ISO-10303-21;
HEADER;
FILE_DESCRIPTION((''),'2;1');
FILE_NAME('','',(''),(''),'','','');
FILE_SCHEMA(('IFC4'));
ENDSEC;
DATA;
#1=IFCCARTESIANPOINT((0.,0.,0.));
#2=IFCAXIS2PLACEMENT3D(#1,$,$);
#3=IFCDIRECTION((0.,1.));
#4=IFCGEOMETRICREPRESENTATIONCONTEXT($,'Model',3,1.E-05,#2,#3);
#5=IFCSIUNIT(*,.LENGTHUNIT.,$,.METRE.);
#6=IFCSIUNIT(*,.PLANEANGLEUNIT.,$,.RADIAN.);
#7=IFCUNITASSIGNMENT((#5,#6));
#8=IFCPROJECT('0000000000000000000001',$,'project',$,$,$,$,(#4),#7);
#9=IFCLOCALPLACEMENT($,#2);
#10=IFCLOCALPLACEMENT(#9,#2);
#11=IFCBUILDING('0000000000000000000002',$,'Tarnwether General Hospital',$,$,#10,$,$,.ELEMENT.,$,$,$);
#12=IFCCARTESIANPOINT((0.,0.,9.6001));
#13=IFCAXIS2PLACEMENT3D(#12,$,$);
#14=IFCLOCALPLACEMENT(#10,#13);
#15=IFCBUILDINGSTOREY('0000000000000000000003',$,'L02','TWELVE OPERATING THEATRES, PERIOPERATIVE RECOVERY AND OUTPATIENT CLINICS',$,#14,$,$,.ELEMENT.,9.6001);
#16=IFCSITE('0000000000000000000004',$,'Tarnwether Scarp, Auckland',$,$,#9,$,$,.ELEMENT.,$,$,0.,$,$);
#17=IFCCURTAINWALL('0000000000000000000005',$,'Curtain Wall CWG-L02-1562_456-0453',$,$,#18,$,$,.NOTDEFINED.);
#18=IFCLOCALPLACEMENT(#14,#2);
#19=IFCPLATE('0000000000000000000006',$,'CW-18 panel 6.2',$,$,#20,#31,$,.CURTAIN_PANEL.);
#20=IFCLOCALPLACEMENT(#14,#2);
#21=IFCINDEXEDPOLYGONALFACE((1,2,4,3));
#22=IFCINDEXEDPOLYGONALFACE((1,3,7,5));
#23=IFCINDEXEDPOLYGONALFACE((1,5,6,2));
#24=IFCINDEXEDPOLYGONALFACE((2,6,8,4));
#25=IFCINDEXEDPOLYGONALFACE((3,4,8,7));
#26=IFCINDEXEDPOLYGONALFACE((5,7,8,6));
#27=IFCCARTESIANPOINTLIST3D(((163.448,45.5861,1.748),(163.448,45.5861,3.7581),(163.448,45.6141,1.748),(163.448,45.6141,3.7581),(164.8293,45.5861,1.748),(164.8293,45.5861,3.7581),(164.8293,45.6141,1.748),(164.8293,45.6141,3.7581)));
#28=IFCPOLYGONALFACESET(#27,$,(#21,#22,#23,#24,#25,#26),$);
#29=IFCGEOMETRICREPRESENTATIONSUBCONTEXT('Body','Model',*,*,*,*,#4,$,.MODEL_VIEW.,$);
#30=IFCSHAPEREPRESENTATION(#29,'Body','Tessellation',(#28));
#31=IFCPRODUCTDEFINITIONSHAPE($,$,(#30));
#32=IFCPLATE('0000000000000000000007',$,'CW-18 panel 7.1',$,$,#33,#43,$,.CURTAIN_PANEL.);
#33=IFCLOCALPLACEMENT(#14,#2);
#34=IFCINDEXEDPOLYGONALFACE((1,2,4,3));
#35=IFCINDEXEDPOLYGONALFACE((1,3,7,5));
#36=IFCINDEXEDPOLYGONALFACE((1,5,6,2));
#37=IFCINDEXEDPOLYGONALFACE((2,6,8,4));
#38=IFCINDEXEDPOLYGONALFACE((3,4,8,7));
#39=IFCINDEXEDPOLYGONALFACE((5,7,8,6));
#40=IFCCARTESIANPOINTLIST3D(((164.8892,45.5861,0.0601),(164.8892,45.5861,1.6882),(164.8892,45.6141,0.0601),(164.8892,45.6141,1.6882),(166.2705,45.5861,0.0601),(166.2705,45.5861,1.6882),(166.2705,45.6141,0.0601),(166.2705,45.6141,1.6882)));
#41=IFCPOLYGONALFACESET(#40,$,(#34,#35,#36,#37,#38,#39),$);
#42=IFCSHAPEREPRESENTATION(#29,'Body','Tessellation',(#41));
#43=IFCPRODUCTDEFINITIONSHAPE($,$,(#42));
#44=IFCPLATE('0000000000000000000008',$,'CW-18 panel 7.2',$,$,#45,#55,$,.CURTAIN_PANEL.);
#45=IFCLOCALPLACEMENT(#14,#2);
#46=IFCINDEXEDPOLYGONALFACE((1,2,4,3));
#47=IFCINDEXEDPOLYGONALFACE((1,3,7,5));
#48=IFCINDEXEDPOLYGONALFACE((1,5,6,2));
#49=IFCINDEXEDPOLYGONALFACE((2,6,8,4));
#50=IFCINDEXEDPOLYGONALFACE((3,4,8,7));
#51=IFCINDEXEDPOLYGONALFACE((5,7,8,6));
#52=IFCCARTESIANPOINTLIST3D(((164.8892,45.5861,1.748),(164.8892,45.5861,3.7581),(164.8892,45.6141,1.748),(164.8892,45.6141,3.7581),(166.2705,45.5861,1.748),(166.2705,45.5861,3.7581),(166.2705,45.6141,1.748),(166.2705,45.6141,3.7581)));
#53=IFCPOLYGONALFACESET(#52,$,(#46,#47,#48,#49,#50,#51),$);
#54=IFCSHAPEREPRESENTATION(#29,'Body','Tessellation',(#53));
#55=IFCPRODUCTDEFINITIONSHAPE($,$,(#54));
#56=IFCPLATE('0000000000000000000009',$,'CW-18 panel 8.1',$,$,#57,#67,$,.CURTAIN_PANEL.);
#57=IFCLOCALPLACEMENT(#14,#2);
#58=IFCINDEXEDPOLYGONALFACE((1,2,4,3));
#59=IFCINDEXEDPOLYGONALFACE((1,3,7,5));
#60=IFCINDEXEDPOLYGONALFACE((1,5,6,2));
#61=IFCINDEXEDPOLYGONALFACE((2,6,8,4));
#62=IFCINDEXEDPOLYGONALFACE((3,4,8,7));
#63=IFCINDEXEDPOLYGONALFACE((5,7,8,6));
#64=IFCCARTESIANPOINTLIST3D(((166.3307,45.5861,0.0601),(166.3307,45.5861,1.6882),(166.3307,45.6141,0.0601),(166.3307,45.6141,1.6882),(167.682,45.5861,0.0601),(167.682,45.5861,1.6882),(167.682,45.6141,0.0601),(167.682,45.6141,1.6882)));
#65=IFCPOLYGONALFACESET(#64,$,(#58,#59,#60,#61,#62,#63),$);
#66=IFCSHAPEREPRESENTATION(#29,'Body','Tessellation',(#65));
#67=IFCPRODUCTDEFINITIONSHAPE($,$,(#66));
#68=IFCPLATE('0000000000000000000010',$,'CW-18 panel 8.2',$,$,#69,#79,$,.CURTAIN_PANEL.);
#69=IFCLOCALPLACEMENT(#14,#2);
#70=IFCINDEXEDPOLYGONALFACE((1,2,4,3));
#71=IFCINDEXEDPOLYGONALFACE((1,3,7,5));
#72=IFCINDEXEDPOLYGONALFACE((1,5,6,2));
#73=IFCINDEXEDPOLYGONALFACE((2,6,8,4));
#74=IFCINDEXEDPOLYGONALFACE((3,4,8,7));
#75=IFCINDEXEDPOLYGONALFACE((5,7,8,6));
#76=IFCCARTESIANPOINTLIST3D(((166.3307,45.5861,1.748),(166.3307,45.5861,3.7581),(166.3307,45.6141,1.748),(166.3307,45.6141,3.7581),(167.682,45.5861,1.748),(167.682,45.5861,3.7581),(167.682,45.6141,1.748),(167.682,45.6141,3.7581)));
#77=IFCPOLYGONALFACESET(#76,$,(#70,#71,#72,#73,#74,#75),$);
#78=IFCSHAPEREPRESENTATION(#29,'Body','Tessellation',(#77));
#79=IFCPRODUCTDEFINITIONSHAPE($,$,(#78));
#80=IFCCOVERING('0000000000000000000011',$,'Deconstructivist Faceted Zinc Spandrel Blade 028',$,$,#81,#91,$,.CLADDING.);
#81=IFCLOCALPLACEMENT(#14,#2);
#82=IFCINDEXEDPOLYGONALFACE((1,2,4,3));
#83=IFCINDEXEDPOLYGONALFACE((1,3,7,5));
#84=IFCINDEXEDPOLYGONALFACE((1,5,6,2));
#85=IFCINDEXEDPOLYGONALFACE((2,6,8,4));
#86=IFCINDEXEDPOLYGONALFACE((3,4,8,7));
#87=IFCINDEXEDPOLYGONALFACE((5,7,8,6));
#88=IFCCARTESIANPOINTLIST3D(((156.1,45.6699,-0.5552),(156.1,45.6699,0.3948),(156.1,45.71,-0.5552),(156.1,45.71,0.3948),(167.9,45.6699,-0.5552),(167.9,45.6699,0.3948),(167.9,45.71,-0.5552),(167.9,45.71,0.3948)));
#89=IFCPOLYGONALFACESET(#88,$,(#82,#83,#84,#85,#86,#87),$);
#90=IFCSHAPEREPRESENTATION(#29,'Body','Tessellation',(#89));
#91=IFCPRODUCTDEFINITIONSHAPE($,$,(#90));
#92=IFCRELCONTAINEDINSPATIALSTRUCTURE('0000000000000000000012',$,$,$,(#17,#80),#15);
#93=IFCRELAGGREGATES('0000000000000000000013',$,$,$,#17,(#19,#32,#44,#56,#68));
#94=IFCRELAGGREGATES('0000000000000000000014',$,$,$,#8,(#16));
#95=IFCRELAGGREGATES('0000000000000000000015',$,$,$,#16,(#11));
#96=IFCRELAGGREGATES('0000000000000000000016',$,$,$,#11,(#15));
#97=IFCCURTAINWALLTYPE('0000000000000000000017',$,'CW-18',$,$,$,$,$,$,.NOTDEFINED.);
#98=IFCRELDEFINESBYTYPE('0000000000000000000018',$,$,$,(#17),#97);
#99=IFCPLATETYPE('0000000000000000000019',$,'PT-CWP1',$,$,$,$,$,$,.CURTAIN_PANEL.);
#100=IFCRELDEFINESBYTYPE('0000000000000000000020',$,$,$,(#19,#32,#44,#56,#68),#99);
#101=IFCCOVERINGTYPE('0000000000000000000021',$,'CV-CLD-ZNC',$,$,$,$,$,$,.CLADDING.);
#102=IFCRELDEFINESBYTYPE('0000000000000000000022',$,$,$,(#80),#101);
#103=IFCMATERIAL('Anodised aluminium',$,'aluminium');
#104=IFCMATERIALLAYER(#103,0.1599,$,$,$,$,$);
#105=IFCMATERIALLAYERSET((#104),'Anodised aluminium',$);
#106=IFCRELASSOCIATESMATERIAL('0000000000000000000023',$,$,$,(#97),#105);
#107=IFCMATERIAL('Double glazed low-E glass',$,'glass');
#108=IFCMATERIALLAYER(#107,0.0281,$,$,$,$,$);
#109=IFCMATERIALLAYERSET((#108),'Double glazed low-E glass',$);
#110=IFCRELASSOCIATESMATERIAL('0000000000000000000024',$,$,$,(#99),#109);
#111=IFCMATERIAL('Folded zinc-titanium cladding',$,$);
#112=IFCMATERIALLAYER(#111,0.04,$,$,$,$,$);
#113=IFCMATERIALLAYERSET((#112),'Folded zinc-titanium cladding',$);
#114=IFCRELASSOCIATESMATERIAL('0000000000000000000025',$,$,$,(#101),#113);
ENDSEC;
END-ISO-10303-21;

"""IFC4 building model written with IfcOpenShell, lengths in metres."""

from ifc_helpers import new_model, si_unit, direction, frame, origin, origin_2d, place, context, subcontext, project, spatial, rectangle, extrude, material, layer, layer_set, type_object, element, aggregate, save


model = new_model("IFC4")

# Units and contexts
model_context = context("Model", 3, precision=1e-05, world=origin(), true_north=direction((0.0, 1.0)))
body_context = subcontext(model_context, "Body", "Model", "MODEL_VIEW")
ifc_project = project(units=[si_unit("LENGTHUNIT", "METRE"), si_unit("PLANEANGLEUNIT", "RADIAN")], contexts=[model_context])

# Site, building, storey
site_placement = place(None, origin())
site = spatial("IfcSite", under=ifc_project, at=site_placement, Name="Tarnwether Scarp, Auckland", CompositionType="ELEMENT", RefElevation=0.0)
building_placement = place(site_placement, origin())
building = spatial("IfcBuilding", under=site, at=building_placement, Name="Tarnwether General Hospital", CompositionType="ELEMENT")
storey_placement = place(building_placement, frame((0.0, 0.0, 9.6001)))
storey = spatial("IfcBuildingStorey", under=building, at=storey_placement, Name="L02", Description="TWELVE OPERATING THEATRES, PERIOPERATIVE RECOVERY AND OUTPATIENT CLINICS", CompositionType="ELEMENT", Elevation=9.6001)

# Curtain wall, plates
ifc_material_1 = material(Name="Anodised aluminium", Category="aluminium")
ifc_layer_1 = layer(ifc_material_1, 0.1599)
ifc_layer_set_1 = layer_set([ifc_layer_1], Name="Anodised aluminium")
curtain_wall_type = type_object("IfcCurtainWallType", Name="CW-18", PredefinedType="NOTDEFINED", material=ifc_layer_set_1)
curtain_wall_placement = place(storey_placement, origin())
curtain_wall = element("IfcCurtainWall", 1, at=curtain_wall_placement, inside=storey, type_object=curtain_wall_type, Name="Curtain Wall CWG-L02-1562_456-0453", PredefinedType="NOTDEFINED")
ifc_material_2 = material(Name="Double glazed low-E glass", Category="glass")
ifc_layer_2 = layer(ifc_material_2, 0.0281)
ifc_layer_set_2 = layer_set([ifc_layer_2], Name="Double glazed low-E glass")
plate_type = type_object("IfcPlateType", Name="PT-CWP1", PredefinedType="CURTAIN_PANEL", material=ifc_layer_set_2)
plate_1_placement = place(storey_placement, frame((164.1387, 45.6001, 1.748), z_axis=(0.0, 0.0, 1.0), x_axis=(1.0, 0.0, 0.0)))
plate_1 = element("IfcPlate", 2, at=plate_1_placement, type_object=plate_type, Name="CW-18 panel 6.2", PredefinedType="CURTAIN_PANEL", context=body_context, shape_type="SweptSolid", body=[
    extrude(rectangle(XDim=1.3813, YDim=0.0281, at=origin_2d()), origin(), (0.0, 0.0, 1.0), 2.01),
])
plate_2_placement = place(storey_placement, frame((165.5798, 45.6001, 0.0601), z_axis=(0.0, 0.0, 1.0), x_axis=(1.0, 0.0, 0.0)))
plate_2 = element("IfcPlate", 3, at=plate_2_placement, type_object=plate_type, Name="CW-18 panel 7.1", PredefinedType="CURTAIN_PANEL", context=body_context, shape_type="SweptSolid", body=[
    extrude(rectangle(XDim=1.3813, YDim=0.0281, at=origin_2d()), origin(), (0.0, 0.0, 1.0), 1.6282),
])
plate_3_placement = place(storey_placement, frame((165.5798, 45.6001, 1.748), z_axis=(0.0, 0.0, 1.0), x_axis=(1.0, 0.0, 0.0)))
plate_3 = element("IfcPlate", 4, at=plate_3_placement, type_object=plate_type, Name="CW-18 panel 7.2", PredefinedType="CURTAIN_PANEL", context=body_context, shape_type="SweptSolid", body=[
    extrude(rectangle(XDim=1.3813, YDim=0.0281, at=origin_2d()), origin(), (0.0, 0.0, 1.0), 2.01),
])
plate_4_placement = place(storey_placement, frame((167.0063, 45.6001, 0.0601), z_axis=(0.0, 0.0, 1.0), x_axis=(1.0, 0.0, 0.0)))
plate_4 = element("IfcPlate", 5, at=plate_4_placement, type_object=plate_type, Name="CW-18 panel 8.1", PredefinedType="CURTAIN_PANEL", context=body_context, shape_type="SweptSolid", body=[
    extrude(rectangle(XDim=1.3513, YDim=0.0281, at=origin_2d()), origin(), (0.0, 0.0, 1.0), 1.6282),
])
plate_5_placement = place(storey_placement, frame((167.0063, 45.6001, 1.748), z_axis=(0.0, 0.0, 1.0), x_axis=(1.0, 0.0, 0.0)))
plate_5 = element("IfcPlate", 6, at=plate_5_placement, type_object=plate_type, Name="CW-18 panel 8.2", PredefinedType="CURTAIN_PANEL", context=body_context, shape_type="SweptSolid", body=[
    extrude(rectangle(XDim=1.3513, YDim=0.0281, at=origin_2d()), origin(), (0.0, 0.0, 1.0), 2.01),
])
aggregate(curtain_wall, [plate_1, plate_2, plate_3, plate_4, plate_5])

# Covering
ifc_material_3 = material(Name="Folded zinc-titanium cladding")
ifc_layer_3 = layer(ifc_material_3, 0.04)
ifc_layer_set_3 = layer_set([ifc_layer_3], Name="Folded zinc-titanium cladding")
covering_type = type_object("IfcCoveringType", Name="CV-CLD-ZNC", PredefinedType="CLADDING", material=ifc_layer_set_3)
covering_placement = place(storey_placement, frame((162.0, 45.6899, -0.5552), z_axis=(0.0, 0.0, 1.0), x_axis=(1.0, 0.0, 0.0)))
element("IfcCovering", 7, at=covering_placement, inside=storey, type_object=covering_type, Name="Deconstructivist Faceted Zinc Spandrel Blade 028", PredefinedType="CLADDING", context=body_context, shape_type="SweptSolid", body=[
    extrude(rectangle(XDim=11.8, YDim=0.04, at=origin_2d()), origin(), (0.0, 0.0, 1.0), 0.95),
])

save(model, "model.ifc")
